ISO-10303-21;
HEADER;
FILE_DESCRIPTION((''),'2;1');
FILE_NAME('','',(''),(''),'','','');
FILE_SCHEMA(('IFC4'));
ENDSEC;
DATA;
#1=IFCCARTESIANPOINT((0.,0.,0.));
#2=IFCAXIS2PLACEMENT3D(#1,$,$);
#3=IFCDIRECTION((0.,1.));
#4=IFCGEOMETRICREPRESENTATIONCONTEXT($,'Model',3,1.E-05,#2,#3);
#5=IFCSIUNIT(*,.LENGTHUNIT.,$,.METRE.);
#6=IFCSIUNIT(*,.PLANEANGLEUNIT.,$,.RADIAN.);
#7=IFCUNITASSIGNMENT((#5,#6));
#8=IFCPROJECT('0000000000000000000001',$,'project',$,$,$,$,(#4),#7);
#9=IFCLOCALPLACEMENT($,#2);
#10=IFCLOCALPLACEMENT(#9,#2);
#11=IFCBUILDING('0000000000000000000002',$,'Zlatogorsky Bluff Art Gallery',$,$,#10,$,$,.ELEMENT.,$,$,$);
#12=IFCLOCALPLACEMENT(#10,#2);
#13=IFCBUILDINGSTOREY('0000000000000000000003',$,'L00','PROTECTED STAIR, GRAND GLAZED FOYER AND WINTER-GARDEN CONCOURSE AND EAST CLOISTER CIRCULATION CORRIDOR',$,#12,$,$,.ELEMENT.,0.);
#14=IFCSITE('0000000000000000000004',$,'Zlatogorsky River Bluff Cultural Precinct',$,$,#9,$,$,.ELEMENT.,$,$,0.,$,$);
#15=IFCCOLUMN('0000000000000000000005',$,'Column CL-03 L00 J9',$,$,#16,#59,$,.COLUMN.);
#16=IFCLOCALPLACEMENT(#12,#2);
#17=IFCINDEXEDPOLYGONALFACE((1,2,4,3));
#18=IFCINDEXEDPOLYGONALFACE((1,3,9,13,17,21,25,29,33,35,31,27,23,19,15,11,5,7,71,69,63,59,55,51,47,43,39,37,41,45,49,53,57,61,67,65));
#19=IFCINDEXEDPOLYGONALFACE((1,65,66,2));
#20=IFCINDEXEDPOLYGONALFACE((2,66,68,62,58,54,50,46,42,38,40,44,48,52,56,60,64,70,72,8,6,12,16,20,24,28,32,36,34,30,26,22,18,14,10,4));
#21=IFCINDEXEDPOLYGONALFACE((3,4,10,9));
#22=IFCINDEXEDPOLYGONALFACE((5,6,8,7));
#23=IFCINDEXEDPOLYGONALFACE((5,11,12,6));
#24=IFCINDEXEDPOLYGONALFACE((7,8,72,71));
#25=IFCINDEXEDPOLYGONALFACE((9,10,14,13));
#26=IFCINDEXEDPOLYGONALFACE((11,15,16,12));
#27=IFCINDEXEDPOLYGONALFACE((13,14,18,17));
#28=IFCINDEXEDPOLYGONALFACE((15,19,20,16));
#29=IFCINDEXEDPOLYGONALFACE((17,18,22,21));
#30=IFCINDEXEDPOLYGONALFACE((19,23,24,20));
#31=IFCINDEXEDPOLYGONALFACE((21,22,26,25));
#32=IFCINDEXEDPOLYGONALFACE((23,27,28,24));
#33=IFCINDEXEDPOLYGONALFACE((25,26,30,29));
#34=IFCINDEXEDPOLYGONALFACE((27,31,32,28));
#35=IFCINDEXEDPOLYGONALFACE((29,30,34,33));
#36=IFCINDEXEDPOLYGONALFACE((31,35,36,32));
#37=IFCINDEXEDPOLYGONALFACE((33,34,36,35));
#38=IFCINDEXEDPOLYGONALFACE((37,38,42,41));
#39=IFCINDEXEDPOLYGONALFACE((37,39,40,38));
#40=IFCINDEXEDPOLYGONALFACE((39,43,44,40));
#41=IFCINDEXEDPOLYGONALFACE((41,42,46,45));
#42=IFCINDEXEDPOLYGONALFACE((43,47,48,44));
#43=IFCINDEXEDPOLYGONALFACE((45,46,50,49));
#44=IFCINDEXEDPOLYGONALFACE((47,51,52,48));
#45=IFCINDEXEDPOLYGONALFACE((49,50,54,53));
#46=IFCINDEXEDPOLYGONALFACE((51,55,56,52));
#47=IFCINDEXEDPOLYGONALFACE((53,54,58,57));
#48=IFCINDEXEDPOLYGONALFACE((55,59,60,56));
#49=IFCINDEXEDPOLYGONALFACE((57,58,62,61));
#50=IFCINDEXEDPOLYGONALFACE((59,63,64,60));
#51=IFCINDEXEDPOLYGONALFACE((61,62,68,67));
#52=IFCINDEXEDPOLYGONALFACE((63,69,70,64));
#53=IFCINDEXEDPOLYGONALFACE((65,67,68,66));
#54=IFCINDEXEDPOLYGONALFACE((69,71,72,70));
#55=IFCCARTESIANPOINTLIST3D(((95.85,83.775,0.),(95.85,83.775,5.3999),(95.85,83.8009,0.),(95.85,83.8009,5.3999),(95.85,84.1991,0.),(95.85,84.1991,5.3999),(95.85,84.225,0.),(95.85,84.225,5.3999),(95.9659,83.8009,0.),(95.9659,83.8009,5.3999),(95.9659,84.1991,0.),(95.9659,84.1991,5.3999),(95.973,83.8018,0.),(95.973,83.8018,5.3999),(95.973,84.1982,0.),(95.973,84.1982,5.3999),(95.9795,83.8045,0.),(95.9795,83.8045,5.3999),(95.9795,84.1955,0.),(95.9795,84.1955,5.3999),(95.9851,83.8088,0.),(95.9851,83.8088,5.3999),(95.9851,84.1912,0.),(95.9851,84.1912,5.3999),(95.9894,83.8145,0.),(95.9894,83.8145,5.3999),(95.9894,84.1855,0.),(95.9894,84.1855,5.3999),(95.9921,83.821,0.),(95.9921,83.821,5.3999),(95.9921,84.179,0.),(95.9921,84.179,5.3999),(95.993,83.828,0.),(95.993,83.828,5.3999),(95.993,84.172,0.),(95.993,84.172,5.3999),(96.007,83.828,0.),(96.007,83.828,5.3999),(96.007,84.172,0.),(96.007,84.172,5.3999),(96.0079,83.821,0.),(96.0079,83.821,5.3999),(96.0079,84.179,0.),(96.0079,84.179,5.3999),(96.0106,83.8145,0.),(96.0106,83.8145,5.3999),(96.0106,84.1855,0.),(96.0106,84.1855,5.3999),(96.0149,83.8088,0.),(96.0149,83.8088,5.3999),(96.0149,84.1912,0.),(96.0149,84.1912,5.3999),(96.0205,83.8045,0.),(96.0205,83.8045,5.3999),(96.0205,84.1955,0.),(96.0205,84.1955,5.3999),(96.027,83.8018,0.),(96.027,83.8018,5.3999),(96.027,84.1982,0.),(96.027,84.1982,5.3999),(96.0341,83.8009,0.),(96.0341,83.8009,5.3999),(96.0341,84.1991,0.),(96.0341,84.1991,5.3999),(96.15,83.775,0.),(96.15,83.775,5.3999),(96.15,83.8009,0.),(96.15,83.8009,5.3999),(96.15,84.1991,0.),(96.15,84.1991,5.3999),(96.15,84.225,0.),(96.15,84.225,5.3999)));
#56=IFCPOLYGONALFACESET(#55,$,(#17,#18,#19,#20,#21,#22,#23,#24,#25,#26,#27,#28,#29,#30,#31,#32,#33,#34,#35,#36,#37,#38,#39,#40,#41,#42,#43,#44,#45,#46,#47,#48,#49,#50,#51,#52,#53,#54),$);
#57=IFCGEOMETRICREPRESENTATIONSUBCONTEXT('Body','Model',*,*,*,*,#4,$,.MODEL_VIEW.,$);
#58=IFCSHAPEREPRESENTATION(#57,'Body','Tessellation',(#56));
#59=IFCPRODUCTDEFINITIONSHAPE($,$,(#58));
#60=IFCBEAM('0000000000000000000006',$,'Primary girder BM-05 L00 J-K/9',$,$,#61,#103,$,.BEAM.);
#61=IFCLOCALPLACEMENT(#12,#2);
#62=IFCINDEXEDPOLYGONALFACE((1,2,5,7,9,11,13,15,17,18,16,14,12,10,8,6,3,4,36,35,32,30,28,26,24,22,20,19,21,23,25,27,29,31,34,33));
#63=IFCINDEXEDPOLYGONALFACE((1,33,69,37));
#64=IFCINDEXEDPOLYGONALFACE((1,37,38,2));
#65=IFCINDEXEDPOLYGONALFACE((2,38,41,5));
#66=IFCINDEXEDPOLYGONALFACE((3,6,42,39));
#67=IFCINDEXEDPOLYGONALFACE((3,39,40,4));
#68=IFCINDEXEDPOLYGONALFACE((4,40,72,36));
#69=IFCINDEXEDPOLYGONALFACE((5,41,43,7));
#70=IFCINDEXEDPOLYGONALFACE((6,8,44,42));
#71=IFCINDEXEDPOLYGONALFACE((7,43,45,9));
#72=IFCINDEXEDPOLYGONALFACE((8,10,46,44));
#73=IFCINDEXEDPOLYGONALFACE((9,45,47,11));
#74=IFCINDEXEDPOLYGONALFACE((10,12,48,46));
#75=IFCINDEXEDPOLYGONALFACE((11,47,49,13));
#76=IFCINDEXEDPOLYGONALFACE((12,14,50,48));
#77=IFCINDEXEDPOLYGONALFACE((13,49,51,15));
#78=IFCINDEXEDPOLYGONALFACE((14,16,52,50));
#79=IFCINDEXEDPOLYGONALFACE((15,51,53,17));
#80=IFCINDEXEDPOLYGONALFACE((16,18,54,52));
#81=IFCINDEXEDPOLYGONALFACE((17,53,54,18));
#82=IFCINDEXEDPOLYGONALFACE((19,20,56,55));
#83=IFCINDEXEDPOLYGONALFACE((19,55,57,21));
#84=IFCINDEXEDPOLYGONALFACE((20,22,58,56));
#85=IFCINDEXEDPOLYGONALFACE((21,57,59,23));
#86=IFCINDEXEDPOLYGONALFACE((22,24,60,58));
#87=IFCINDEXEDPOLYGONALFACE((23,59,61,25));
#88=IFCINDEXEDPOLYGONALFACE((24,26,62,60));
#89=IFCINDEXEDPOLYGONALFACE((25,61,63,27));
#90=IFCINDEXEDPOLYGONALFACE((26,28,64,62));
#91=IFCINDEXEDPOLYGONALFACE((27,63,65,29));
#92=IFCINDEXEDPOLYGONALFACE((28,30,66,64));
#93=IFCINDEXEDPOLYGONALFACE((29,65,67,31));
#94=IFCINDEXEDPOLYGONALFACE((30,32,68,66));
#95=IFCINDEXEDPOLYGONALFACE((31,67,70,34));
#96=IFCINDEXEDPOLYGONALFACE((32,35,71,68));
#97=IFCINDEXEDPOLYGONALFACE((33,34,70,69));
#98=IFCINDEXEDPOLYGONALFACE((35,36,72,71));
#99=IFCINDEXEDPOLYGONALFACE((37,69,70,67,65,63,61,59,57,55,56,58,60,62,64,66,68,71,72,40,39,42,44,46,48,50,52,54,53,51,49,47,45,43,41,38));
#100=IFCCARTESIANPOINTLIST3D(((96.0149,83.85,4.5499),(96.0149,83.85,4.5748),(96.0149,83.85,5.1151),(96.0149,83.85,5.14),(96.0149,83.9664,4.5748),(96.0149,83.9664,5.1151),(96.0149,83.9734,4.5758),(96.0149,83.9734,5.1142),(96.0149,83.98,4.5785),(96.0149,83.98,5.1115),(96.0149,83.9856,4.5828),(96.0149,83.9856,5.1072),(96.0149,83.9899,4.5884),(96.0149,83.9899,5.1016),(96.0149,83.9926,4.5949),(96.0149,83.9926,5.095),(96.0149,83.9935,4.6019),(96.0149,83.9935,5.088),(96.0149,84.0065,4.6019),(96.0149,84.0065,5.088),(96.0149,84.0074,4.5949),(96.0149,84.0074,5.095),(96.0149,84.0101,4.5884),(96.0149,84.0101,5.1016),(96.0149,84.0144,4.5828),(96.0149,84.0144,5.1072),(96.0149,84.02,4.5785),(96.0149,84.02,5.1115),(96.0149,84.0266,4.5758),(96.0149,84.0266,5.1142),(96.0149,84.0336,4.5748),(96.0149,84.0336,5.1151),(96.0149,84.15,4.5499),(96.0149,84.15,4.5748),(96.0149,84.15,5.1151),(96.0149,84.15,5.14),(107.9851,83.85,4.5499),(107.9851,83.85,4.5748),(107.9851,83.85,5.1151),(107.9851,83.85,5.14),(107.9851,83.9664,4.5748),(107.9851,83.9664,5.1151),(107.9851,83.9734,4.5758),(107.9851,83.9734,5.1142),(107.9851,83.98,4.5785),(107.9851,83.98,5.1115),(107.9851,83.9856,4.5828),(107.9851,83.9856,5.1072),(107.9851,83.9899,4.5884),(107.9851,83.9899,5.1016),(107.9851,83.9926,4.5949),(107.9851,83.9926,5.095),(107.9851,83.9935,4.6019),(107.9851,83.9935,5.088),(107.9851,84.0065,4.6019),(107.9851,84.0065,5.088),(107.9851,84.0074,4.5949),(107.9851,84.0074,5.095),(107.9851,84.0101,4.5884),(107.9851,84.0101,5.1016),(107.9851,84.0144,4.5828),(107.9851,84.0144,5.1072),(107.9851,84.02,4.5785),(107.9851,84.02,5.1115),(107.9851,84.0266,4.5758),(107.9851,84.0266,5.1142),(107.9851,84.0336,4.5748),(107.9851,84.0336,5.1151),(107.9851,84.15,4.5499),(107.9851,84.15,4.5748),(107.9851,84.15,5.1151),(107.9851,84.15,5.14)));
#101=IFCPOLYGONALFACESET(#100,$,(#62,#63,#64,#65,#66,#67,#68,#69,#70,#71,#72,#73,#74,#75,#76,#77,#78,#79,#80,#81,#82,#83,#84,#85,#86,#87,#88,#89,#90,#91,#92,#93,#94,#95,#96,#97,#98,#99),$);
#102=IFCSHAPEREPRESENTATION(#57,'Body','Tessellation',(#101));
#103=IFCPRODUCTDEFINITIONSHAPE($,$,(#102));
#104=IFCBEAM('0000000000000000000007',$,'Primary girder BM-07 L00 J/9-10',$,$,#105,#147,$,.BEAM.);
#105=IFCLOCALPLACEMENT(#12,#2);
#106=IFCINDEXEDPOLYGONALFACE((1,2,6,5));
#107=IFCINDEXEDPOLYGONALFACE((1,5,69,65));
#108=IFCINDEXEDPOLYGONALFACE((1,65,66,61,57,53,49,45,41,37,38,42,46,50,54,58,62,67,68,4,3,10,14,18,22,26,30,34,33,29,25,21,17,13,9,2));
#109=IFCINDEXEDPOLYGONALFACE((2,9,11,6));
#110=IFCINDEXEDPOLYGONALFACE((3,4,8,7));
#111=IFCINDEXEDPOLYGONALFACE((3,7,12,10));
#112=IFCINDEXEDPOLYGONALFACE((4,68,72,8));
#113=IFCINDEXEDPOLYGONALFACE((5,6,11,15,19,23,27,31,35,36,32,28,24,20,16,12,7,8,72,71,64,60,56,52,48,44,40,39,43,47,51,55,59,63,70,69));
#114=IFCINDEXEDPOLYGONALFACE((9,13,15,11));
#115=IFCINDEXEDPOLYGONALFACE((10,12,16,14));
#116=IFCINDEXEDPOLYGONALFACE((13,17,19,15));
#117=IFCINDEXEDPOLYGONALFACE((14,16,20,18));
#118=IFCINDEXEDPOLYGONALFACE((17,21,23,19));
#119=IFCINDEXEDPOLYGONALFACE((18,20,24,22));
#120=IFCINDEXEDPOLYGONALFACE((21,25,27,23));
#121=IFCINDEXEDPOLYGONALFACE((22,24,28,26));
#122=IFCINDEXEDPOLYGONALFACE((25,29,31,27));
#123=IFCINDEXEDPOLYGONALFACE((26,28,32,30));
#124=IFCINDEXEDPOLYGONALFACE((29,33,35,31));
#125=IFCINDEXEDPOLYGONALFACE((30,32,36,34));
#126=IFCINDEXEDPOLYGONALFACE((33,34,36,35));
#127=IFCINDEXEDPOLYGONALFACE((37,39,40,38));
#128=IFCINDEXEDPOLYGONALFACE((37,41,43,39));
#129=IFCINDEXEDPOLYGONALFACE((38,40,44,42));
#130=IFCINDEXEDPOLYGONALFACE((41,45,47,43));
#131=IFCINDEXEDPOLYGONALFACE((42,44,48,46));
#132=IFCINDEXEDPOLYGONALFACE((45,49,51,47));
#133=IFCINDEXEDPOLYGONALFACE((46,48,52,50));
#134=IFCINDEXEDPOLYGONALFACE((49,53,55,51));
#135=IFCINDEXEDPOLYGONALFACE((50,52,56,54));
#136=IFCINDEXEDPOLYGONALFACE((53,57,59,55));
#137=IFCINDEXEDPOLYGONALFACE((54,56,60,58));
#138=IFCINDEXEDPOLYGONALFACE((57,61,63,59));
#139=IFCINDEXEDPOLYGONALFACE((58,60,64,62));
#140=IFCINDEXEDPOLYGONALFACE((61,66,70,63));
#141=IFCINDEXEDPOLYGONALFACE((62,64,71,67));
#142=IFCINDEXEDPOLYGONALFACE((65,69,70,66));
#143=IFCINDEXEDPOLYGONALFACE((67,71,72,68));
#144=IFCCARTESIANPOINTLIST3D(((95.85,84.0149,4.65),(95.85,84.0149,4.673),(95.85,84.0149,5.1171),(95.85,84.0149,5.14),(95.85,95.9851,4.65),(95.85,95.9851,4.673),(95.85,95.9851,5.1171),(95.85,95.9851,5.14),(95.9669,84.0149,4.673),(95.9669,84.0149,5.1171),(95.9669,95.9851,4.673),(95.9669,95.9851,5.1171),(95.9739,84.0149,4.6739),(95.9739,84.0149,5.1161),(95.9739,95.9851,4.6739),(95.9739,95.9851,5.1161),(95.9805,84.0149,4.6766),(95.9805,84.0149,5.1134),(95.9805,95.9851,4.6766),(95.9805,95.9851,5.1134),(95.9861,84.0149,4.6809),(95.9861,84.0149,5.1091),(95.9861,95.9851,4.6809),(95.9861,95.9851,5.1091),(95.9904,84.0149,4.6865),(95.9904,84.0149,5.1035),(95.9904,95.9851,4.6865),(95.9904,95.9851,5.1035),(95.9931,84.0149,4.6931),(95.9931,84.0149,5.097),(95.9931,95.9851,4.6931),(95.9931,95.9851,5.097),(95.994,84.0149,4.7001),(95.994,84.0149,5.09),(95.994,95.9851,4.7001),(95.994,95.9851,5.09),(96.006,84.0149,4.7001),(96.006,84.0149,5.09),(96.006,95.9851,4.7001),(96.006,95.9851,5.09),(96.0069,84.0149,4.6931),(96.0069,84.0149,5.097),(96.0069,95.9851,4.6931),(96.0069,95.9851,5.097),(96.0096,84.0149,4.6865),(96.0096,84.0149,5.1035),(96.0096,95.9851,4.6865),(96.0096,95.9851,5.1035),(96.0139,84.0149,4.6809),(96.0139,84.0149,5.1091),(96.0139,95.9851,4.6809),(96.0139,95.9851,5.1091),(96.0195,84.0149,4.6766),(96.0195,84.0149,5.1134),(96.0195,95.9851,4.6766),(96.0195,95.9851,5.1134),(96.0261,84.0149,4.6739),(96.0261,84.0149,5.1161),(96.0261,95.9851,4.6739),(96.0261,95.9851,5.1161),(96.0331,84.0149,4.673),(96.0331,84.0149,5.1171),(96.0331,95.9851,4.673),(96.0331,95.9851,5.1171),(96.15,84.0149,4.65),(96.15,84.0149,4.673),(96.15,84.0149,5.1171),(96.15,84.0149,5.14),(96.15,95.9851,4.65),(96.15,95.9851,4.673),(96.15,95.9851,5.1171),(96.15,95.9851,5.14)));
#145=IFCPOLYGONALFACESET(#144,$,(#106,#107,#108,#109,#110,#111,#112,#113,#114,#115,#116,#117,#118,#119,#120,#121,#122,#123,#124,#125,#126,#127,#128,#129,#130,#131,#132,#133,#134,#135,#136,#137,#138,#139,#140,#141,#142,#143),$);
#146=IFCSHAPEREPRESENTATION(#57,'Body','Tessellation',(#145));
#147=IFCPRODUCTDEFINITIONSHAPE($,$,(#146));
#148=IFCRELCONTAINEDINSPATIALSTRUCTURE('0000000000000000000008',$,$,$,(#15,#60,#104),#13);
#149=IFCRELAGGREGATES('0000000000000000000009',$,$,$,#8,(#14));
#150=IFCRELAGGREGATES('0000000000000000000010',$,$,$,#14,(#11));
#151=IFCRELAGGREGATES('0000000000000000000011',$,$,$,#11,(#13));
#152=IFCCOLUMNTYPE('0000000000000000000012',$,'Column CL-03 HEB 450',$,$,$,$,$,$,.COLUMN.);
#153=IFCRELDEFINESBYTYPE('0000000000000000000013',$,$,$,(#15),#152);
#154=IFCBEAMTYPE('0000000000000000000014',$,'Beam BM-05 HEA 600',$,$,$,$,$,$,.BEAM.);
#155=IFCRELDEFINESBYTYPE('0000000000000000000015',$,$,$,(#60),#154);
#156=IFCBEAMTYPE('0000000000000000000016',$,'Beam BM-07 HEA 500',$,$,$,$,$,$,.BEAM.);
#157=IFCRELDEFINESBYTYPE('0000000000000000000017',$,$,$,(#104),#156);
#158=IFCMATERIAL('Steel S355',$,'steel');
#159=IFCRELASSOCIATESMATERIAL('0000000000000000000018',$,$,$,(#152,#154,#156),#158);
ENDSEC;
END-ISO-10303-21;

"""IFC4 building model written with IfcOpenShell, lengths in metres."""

from ifc_helpers import new_model, si_unit, direction, frame, origin, origin_2d, place, context, subcontext, project, spatial, i_section, extrude, material, material_profile, profile_set, type_object, element, save


model = new_model("IFC4")

# Units and contexts
model_context = context("Model", 3, precision=1e-05, world=origin(), true_north=direction((0.0, 1.0)))
body_context = subcontext(model_context, "Body", "Model", "MODEL_VIEW")
ifc_project = project(units=[si_unit("LENGTHUNIT", "METRE"), si_unit("PLANEANGLEUNIT", "RADIAN")], contexts=[model_context])

# Site, building, storey
site_placement = place(None, origin())
site = spatial("IfcSite", under=ifc_project, at=site_placement, Name="Zlatogorsky River Bluff Cultural Precinct", CompositionType="ELEMENT", RefElevation=0.0)
building_placement = place(site_placement, origin())
building = spatial("IfcBuilding", under=site, at=building_placement, Name="Zlatogorsky Bluff Art Gallery", CompositionType="ELEMENT")
storey_placement = place(building_placement, origin())
storey = spatial("IfcBuildingStorey", under=building, at=storey_placement, Name="L00", Description="PROTECTED STAIR, GRAND GLAZED FOYER AND WINTER-GARDEN CONCOURSE AND EAST CLOISTER CIRCULATION CORRIDOR", CompositionType="ELEMENT", Elevation=0.0)

# Column
ifc_material_1 = material(Name="Steel S355", Category="steel")
ifc_material_profile_1 = material_profile(ifc_material_1, i_section(OverallWidth=0.3, OverallDepth=0.45, WebThickness=0.0139, FlangeThickness=0.0259, FilletRadius=0.0271, at=origin_2d()), Name="HEB 450")
ifc_profile_set_1 = profile_set([ifc_material_profile_1], Name="Steel S355")
column_type = type_object("IfcColumnType", Name="Column CL-03 HEB 450", PredefinedType="COLUMN", material=ifc_profile_set_1)
column_placement = place(storey_placement, frame((96.0, 84.0, 0.0), z_axis=(0.0, 0.0, 1.0), x_axis=(1.0, 0.0, 0.0)))
element("IfcColumn", 1, at=column_placement, inside=storey, type_object=column_type, Name="Column CL-03 L00 J9", PredefinedType="COLUMN", context=body_context, shape_type="SweptSolid", body=[
    extrude(i_section(OverallWidth=0.3, OverallDepth=0.45, WebThickness=0.0139, FlangeThickness=0.0259, FilletRadius=0.0271, at=origin_2d()), origin(), (0.0, 0.0, 1.0), 5.3999),
])

# Beams
ifc_material_profile_2 = material_profile(ifc_material_1, i_section(OverallWidth=0.3, OverallDepth=0.5901, WebThickness=0.0129, FlangeThickness=0.0249, FilletRadius=0.0271, at=origin_2d()), Name="HEA 600")
ifc_profile_set_2 = profile_set([ifc_material_profile_2], Name="Steel S355")
beam_type_1 = type_object("IfcBeamType", Name="Beam BM-05 HEA 600", PredefinedType="BEAM", material=ifc_profile_set_2)
beam_1_placement = place(storey_placement, frame((96.0149, 84.0, 4.845), z_axis=(1.0, 0.0, 0.0), x_axis=(0.0, 1.0, 0.0)))
element("IfcBeam", 2, at=beam_1_placement, inside=storey, type_object=beam_type_1, Name="Primary girder BM-05 L00 J-K/9", PredefinedType="BEAM", context=body_context, shape_type="SweptSolid", body=[
    extrude(i_section(OverallWidth=0.3, OverallDepth=0.5901, WebThickness=0.0129, FlangeThickness=0.0249, FilletRadius=0.0271, at=origin_2d()), origin(), (0.0, 0.0, 1.0), 11.9702),
])
ifc_material_profile_3 = material_profile(ifc_material_1, i_section(OverallWidth=0.3, OverallDepth=0.49, WebThickness=0.012, FlangeThickness=0.0229, FilletRadius=0.0271, at=origin_2d()), Name="HEA 500")
ifc_profile_set_3 = profile_set([ifc_material_profile_3], Name="Steel S355")
beam_type_2 = type_object("IfcBeamType", Name="Beam BM-07 HEA 500", PredefinedType="BEAM", material=ifc_profile_set_3)
beam_2_placement = place(storey_placement, frame((96.0, 84.0149, 4.895), z_axis=(0.0, 1.0, 0.0), x_axis=(-1.0, 0.0, 0.0)))
element("IfcBeam", 3, at=beam_2_placement, inside=storey, type_object=beam_type_2, Name="Primary girder BM-07 L00 J/9-10", PredefinedType="BEAM", context=body_context, shape_type="SweptSolid", body=[
    extrude(i_section(OverallWidth=0.3, OverallDepth=0.49, WebThickness=0.012, FlangeThickness=0.0229, FilletRadius=0.0271, at=origin_2d()), origin(), (0.0, 0.0, 1.0), 11.9702),
])

save(model, "model.ifc")
